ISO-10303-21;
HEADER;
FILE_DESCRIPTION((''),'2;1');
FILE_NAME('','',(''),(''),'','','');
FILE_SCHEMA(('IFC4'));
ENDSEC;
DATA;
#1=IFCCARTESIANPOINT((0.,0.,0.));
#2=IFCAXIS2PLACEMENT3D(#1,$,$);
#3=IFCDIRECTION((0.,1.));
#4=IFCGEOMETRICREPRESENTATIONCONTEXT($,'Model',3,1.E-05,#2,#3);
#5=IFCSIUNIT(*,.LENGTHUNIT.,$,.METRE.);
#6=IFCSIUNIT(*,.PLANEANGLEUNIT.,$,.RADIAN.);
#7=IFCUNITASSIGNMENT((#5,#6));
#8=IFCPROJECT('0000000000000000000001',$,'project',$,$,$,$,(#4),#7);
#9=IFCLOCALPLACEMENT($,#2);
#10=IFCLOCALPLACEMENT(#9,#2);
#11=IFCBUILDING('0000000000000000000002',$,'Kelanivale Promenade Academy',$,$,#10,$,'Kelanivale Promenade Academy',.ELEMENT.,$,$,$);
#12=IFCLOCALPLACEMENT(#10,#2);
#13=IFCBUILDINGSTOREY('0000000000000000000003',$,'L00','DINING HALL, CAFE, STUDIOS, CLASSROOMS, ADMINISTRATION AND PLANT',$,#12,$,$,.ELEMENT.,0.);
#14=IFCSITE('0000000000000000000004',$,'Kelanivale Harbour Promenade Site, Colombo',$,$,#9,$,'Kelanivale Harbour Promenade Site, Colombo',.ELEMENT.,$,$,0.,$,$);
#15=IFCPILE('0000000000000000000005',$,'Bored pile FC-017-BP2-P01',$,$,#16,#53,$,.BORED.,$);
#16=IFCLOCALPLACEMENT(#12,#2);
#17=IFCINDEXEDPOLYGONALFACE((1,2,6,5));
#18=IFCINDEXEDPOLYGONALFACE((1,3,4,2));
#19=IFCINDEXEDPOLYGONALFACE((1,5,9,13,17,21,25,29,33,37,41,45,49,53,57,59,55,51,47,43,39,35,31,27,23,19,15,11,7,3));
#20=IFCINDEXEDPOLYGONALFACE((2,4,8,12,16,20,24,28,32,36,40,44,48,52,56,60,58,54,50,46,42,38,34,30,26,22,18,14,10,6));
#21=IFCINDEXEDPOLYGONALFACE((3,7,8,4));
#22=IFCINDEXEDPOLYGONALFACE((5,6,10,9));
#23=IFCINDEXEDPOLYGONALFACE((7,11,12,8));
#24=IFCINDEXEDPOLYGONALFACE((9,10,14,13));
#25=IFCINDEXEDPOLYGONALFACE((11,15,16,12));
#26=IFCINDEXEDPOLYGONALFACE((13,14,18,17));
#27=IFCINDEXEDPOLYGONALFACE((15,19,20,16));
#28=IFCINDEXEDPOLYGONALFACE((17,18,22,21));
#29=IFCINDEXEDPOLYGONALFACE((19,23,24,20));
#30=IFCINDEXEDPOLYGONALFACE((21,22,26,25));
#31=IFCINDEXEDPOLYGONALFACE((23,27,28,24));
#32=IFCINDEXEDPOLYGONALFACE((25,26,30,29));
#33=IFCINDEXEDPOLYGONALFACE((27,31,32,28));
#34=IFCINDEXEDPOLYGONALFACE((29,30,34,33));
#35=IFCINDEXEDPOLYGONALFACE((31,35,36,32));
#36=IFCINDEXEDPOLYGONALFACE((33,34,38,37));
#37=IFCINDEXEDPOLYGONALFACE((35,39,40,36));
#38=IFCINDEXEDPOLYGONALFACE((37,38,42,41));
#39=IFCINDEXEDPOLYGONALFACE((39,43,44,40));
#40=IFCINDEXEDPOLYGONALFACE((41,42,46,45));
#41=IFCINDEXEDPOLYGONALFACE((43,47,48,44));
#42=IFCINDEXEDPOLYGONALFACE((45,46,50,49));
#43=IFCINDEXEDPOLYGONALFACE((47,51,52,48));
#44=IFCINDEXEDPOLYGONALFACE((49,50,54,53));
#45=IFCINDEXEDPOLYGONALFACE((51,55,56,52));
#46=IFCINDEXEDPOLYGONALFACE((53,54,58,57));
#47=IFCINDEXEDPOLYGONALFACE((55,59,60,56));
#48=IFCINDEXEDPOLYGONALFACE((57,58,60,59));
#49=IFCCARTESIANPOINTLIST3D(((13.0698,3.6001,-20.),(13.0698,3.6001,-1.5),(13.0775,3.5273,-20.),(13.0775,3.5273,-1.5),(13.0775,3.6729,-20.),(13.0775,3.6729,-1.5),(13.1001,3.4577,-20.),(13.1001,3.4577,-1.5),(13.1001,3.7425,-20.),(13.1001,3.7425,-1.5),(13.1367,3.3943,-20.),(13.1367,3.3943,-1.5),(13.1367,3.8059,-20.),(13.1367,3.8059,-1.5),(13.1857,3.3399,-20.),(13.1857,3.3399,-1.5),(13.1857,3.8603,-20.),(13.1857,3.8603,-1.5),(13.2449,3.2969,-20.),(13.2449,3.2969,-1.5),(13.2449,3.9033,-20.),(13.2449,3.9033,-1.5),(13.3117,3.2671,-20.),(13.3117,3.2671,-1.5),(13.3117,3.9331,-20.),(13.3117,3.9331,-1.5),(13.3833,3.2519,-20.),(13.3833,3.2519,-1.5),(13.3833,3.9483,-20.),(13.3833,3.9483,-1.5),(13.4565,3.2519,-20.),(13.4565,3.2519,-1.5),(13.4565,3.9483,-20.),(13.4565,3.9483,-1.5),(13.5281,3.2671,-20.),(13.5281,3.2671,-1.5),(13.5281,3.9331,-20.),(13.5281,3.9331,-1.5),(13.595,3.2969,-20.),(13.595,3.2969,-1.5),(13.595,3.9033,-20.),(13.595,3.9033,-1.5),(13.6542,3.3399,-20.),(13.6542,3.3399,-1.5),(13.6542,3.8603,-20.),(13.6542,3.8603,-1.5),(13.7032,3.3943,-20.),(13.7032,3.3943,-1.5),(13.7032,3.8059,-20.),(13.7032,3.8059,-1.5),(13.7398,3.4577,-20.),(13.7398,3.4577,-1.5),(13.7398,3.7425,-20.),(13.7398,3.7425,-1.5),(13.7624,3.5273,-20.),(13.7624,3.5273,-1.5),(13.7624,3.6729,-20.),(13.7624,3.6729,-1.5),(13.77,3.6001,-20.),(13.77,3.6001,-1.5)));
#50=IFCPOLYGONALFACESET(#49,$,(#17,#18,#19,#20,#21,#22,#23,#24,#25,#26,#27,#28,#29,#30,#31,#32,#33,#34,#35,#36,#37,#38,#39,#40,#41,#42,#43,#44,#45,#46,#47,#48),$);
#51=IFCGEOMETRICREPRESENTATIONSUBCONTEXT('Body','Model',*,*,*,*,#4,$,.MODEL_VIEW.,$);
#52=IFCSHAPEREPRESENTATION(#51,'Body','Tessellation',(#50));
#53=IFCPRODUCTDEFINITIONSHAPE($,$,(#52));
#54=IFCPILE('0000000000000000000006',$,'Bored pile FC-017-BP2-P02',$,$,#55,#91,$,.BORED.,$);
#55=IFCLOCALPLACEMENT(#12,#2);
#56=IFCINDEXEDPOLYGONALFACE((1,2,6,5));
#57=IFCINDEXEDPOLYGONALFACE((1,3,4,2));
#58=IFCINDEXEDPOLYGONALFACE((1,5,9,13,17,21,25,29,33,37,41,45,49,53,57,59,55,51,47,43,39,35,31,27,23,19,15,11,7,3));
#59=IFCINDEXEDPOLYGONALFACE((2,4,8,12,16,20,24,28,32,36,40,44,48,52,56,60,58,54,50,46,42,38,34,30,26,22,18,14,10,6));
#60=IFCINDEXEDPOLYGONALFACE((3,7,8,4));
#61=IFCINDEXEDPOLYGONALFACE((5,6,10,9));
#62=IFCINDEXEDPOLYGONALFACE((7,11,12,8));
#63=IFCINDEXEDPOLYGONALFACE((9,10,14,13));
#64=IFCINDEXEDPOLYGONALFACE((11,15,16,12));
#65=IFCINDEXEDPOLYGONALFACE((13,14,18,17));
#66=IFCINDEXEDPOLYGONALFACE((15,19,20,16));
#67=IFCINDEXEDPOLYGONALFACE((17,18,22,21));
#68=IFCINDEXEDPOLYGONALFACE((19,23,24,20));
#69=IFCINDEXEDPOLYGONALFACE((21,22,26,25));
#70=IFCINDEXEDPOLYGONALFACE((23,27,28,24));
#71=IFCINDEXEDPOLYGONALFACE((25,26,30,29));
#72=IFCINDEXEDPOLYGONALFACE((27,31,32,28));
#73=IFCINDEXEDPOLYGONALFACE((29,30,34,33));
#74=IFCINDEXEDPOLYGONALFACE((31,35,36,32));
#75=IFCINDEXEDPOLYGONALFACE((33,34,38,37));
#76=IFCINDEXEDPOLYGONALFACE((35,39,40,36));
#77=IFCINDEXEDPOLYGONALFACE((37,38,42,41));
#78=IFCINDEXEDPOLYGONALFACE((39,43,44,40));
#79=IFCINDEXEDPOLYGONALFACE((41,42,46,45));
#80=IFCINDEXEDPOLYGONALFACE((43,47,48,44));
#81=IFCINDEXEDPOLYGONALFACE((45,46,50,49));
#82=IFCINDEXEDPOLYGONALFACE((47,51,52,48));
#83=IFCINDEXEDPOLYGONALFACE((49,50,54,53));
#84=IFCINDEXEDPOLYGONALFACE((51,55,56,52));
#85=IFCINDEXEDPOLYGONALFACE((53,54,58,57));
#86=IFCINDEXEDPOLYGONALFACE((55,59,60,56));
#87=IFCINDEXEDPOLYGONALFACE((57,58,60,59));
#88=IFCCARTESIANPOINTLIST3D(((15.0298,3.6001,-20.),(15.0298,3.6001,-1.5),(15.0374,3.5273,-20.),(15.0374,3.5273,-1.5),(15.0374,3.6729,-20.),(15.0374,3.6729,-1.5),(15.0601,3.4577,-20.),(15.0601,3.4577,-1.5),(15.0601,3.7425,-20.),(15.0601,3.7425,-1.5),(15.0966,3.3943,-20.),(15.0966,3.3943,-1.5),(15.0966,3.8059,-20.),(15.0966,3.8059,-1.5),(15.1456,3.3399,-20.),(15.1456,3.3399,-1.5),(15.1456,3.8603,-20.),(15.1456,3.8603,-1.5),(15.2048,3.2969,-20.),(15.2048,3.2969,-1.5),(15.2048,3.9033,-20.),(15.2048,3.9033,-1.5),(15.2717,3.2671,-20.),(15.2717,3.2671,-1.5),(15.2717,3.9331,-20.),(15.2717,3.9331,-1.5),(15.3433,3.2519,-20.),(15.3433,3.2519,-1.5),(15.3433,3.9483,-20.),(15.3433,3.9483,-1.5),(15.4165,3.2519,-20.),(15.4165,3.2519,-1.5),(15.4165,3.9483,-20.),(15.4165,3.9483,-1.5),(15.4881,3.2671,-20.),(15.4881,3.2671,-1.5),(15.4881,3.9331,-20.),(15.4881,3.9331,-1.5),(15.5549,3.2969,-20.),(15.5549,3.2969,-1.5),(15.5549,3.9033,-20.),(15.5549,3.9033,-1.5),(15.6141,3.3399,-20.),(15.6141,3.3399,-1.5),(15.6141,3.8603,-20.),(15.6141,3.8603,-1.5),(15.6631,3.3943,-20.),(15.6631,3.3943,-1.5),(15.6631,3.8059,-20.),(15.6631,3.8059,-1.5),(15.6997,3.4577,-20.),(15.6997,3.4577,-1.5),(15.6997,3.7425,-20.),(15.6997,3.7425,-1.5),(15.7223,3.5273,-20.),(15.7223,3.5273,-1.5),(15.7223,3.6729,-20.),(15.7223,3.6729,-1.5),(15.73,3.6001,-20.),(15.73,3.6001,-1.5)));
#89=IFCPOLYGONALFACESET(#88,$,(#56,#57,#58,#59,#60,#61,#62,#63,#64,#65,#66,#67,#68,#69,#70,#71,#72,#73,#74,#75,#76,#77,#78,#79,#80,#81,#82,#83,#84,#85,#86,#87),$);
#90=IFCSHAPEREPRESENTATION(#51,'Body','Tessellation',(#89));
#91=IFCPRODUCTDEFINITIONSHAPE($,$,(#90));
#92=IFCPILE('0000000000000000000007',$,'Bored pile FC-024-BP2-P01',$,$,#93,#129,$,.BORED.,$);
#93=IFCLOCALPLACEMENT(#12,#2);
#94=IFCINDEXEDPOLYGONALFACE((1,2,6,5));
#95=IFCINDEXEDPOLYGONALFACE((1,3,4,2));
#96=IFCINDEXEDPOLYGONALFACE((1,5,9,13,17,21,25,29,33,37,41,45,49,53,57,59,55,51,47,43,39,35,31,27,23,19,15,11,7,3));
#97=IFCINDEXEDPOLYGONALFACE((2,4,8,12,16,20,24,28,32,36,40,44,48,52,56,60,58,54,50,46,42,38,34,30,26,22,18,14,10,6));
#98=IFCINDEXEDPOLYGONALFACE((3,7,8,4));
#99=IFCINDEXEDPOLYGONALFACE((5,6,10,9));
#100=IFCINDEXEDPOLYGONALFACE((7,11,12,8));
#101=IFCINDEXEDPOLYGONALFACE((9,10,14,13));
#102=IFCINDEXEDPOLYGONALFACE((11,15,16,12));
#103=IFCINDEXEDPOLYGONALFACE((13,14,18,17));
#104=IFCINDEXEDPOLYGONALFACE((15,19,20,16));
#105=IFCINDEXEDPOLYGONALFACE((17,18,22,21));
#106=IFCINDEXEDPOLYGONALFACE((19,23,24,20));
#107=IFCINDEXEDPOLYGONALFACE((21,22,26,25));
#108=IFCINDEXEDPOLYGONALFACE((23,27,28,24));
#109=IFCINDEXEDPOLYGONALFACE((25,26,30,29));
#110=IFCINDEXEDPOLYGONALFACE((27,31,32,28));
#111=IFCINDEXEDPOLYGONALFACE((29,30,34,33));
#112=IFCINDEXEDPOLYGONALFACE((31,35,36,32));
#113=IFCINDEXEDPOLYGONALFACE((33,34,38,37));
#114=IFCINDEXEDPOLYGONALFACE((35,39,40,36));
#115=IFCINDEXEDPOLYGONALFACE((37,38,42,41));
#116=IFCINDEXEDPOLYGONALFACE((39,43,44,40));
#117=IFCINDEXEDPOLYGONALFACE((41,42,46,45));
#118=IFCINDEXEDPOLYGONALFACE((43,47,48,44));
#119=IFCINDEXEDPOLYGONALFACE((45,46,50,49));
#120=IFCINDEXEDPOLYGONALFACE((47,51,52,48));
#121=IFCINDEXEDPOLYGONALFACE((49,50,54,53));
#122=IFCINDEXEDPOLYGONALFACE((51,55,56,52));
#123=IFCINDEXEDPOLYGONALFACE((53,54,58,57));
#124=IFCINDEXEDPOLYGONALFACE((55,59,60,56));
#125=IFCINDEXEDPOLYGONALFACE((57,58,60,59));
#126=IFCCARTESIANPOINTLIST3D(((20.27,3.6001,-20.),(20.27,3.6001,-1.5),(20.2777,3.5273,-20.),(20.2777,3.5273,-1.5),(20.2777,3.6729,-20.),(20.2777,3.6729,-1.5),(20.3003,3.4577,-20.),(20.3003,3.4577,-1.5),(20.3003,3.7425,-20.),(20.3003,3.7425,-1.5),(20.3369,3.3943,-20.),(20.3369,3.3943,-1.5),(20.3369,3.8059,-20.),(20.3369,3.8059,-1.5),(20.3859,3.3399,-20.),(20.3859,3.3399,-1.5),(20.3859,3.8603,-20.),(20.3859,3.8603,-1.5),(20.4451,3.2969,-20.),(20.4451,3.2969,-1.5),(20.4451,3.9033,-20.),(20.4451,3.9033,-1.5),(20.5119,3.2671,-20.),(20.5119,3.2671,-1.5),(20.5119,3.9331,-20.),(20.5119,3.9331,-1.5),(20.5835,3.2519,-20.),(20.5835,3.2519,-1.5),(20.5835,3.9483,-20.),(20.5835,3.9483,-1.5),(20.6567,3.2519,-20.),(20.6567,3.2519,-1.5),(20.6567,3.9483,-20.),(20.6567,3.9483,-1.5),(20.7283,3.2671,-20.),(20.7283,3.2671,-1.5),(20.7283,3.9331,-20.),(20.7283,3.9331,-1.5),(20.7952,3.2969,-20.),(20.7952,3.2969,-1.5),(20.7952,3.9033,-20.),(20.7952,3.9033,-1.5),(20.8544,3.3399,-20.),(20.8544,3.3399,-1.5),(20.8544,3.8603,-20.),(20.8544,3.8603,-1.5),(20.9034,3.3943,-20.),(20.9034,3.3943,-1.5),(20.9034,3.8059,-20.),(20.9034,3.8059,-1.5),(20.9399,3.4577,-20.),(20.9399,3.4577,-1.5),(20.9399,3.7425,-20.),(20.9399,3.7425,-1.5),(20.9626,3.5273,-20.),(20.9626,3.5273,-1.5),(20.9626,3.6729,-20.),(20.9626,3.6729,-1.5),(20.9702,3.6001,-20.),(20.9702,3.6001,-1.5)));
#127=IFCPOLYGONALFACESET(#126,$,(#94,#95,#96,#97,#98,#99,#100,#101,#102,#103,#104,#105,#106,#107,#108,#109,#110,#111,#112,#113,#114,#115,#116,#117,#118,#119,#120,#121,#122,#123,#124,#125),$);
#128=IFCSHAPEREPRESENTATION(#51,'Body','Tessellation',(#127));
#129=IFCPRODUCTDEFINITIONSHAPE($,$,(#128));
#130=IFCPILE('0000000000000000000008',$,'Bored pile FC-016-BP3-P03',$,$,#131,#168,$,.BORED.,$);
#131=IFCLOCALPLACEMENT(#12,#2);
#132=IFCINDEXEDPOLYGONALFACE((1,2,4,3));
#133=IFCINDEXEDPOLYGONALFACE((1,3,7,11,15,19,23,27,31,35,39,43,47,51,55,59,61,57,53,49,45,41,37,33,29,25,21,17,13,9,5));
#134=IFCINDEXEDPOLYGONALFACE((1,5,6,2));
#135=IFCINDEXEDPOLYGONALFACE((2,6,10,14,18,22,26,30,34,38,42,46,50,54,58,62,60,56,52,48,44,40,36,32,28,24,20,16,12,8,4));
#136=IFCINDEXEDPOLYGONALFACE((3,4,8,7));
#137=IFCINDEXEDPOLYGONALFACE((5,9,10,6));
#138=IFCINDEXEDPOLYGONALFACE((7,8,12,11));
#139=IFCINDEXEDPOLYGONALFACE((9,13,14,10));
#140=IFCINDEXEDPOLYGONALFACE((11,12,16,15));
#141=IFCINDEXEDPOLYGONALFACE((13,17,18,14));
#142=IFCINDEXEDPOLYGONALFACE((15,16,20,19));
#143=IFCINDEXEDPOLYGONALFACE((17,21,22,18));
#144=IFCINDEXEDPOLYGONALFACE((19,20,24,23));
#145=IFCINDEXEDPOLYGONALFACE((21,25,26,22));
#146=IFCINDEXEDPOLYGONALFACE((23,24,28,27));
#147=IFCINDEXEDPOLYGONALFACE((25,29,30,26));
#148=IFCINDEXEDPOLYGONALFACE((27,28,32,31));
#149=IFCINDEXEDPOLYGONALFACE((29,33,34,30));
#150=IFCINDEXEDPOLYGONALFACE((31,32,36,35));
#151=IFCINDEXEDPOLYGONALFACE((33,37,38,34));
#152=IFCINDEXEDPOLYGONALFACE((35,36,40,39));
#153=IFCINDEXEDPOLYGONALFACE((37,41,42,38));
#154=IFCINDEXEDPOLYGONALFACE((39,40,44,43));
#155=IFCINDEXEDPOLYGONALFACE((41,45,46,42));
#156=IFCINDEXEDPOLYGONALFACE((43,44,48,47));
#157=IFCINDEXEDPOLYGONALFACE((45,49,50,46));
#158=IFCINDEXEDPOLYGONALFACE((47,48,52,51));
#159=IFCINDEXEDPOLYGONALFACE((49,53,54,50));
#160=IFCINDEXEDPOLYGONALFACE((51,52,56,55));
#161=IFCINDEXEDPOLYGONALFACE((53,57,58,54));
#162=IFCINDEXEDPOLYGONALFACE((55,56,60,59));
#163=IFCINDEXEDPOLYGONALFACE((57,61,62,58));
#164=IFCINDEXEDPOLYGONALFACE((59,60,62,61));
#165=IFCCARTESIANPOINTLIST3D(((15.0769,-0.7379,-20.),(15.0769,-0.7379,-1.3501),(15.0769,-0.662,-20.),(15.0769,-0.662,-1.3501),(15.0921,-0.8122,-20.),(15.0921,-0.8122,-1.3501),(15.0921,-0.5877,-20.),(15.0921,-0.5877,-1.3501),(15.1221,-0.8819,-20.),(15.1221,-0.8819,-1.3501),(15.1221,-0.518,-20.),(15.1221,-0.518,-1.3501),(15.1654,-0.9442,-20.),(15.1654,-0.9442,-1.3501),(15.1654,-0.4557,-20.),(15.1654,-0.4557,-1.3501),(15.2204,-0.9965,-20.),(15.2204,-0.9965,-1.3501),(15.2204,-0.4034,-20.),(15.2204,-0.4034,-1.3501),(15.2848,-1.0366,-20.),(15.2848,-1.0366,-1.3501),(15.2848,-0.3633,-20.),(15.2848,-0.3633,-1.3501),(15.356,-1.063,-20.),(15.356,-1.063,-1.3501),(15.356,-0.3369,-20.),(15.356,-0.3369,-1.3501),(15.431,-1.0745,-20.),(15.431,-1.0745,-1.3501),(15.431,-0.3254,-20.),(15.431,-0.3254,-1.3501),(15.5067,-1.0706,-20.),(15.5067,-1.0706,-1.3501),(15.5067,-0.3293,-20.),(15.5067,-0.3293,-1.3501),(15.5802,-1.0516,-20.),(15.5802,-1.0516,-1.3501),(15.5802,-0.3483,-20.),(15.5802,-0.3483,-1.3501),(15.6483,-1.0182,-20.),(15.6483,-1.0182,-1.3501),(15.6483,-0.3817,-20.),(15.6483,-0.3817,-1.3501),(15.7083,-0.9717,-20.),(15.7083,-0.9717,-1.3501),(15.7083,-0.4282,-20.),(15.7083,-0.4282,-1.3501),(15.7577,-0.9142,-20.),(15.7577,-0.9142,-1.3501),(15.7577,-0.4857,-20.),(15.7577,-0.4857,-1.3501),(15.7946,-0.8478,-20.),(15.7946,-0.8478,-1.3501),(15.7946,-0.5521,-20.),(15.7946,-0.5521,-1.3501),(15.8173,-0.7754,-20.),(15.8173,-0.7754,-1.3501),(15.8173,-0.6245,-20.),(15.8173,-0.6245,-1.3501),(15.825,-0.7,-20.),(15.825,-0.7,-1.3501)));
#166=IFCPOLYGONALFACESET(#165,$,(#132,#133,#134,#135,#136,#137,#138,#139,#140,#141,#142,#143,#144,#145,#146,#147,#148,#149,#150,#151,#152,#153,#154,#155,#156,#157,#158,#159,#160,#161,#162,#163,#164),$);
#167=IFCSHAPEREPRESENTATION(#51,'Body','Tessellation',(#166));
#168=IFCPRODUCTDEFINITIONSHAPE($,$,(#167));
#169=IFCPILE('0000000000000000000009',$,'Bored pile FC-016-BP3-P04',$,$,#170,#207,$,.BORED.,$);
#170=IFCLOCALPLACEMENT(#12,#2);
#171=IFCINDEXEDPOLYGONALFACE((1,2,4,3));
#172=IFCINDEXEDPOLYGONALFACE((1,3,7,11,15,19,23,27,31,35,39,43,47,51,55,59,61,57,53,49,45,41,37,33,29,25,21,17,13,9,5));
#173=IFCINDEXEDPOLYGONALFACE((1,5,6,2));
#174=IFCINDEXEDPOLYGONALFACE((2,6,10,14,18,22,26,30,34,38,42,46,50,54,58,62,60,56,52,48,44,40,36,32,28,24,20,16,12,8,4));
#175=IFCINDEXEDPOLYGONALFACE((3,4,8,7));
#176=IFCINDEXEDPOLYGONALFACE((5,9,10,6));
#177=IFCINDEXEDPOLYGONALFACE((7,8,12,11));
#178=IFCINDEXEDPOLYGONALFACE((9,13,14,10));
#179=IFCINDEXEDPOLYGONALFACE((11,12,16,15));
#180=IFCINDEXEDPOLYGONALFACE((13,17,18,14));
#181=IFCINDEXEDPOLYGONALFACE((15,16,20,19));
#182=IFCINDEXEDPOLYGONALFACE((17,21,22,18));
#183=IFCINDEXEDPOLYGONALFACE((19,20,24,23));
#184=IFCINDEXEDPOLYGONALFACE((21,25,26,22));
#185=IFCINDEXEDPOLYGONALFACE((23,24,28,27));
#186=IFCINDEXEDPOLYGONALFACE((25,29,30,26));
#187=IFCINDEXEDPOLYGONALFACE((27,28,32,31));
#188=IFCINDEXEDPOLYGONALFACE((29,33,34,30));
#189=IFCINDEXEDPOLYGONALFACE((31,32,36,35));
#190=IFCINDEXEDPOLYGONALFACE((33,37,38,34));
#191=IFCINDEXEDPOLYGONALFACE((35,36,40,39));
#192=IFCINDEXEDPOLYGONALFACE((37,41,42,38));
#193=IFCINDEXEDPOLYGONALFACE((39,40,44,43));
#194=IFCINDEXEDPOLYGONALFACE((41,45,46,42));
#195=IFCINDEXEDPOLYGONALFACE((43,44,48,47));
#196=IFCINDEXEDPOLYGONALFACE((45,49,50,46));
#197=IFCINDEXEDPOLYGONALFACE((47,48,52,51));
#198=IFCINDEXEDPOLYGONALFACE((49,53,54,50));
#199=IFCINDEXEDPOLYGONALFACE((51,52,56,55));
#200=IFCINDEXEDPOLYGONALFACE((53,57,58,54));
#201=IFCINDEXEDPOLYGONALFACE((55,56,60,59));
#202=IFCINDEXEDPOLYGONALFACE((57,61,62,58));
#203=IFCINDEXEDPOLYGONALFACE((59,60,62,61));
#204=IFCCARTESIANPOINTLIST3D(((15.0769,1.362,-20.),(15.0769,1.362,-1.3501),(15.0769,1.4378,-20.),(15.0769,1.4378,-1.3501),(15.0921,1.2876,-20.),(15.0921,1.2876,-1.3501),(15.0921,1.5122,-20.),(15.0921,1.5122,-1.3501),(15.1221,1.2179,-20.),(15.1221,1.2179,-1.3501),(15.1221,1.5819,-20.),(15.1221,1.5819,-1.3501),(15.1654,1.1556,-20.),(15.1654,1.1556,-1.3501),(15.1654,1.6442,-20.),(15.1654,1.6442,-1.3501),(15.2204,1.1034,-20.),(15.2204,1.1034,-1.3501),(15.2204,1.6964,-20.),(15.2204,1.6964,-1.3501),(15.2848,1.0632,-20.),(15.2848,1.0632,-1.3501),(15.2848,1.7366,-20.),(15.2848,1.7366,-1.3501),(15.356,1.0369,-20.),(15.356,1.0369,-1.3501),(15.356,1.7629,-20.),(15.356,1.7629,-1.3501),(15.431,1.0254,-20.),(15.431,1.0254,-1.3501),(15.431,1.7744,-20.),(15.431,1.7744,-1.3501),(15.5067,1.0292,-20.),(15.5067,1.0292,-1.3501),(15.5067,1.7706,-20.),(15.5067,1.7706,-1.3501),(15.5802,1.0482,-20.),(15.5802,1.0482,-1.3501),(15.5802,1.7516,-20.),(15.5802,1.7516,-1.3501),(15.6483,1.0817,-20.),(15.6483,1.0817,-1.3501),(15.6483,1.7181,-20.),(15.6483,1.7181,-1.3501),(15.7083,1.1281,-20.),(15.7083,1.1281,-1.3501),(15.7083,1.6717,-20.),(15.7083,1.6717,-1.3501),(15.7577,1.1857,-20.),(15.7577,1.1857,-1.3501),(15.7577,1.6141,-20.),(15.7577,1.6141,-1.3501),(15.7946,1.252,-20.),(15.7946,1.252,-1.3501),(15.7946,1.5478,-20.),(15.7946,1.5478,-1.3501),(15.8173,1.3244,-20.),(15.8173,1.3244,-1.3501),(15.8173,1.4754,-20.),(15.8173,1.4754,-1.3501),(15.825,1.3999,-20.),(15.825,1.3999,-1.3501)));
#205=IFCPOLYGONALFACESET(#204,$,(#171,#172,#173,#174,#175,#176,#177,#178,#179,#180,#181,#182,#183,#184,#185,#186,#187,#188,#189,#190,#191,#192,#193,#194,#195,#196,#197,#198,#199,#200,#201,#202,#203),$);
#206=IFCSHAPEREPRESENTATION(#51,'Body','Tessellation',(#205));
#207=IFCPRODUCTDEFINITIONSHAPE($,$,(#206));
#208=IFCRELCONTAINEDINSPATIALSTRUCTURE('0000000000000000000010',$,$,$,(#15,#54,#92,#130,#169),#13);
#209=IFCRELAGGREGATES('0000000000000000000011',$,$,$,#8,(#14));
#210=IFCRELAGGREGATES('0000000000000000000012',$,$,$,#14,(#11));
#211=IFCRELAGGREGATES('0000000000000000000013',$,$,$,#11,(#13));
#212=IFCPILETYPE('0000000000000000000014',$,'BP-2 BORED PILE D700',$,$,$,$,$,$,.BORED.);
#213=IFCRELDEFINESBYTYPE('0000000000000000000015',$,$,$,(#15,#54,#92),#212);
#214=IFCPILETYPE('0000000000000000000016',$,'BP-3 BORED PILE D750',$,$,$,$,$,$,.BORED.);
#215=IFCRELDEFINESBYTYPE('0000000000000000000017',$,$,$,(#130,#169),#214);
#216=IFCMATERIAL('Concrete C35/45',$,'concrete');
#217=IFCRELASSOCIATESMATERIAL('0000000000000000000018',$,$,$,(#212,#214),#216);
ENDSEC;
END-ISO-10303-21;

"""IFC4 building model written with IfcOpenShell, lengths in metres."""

from ifc_helpers import new_model, si_unit, direction, frame, origin, origin_2d, place, context, subcontext, project, spatial, circle, extrude, material, material_profile, profile_set, type_object, element, save


model = new_model("IFC4")

# Units and contexts
model_context = context("Model", 3, precision=1e-05, world=origin(), true_north=direction((0.0, 1.0)))
body_context = subcontext(model_context, "Body", "Model", "MODEL_VIEW")
ifc_project = project(units=[si_unit("LENGTHUNIT", "METRE"), si_unit("PLANEANGLEUNIT", "RADIAN")], contexts=[model_context])

# Site, building, storey
site_placement = place(None, origin())
site = spatial("IfcSite", under=ifc_project, at=site_placement, Name="Kelanivale Harbour Promenade Site, Colombo", LongName="Kelanivale Harbour Promenade Site, Colombo", CompositionType="ELEMENT", RefElevation=0.0)
building_placement = place(site_placement, origin())
building = spatial("IfcBuilding", under=site, at=building_placement, Name="Kelanivale Promenade Academy", LongName="Kelanivale Promenade Academy", CompositionType="ELEMENT")
storey_placement = place(building_placement, origin())
storey = spatial("IfcBuildingStorey", under=building, at=storey_placement, Name="L00", Description="DINING HALL, CAFE, STUDIOS, CLASSROOMS, ADMINISTRATION AND PLANT", CompositionType="ELEMENT", Elevation=0.0)

# Piles
ifc_material_1 = material(Name="Concrete C35/45", Category="concrete")
ifc_material_profile_1 = material_profile(ifc_material_1, circle(Radius=0.3501, at=origin_2d()), Name="BORED PILE D700")
ifc_profile_set_1 = profile_set([ifc_material_profile_1], Name="Concrete C35/45")
pile_type_1 = type_object("IfcPileType", Name="BP-2 BORED PILE D700", PredefinedType="BORED", material=ifc_profile_set_1)
for number, where, z_axis, x_axis, name in (
    (1, (13.4199, 3.6001, -1.5), (0.0, 0.0, -1.0), (1.0, 0.0, 0.0), "Bored pile FC-017-BP2-P01"),
    (2, (15.3799, 3.6001, -1.5), (0.0, 0.0, -1.0), (1.0, 0.0, 0.0), "Bored pile FC-017-BP2-P02"),
    (3, (20.6201, 3.6001, -1.5), (0.0, 0.0, -1.0), (1.0, 0.0, 0.0), "Bored pile FC-024-BP2-P01"),
):
    element("IfcPile", number, at=place(storey_placement, frame(where, z_axis=z_axis, x_axis=x_axis)), inside=storey, type_object=pile_type_1, Name=name, PredefinedType="BORED", context=body_context, shape_type="SweptSolid", body=[
        extrude(circle(Radius=0.3501, at=origin_2d()), origin(), (0.0, 0.0, 1.0), 18.5),
    ])
ifc_material_profile_2 = material_profile(ifc_material_1, circle(Radius=0.375, at=origin_2d()), Name="BORED PILE D750")
ifc_profile_set_2 = profile_set([ifc_material_profile_2], Name="Concrete C35/45")
pile_type_2 = type_object("IfcPileType", Name="BP-3 BORED PILE D750", PredefinedType="BORED", material=ifc_profile_set_2)
for number, where, z_axis, x_axis, name in (
    (4, (15.45, -0.7, -1.3501), (0.0, 0.0, -1.0), (1.0, 0.0, 0.0), "Bored pile FC-016-BP3-P03"),
    (5, (15.45, 1.3999, -1.3501), (0.0, 0.0, -1.0), (1.0, 0.0, 0.0), "Bored pile FC-016-BP3-P04"),
):
    element("IfcPile", number, at=place(storey_placement, frame(where, z_axis=z_axis, x_axis=x_axis)), inside=storey, type_object=pile_type_2, Name=name, PredefinedType="BORED", context=body_context, shape_type="SweptSolid", body=[
        extrude(circle(Radius=0.375, at=origin_2d()), origin(), (0.0, 0.0, 1.0), 18.6499),
    ])

save(model, "model.ifc")
